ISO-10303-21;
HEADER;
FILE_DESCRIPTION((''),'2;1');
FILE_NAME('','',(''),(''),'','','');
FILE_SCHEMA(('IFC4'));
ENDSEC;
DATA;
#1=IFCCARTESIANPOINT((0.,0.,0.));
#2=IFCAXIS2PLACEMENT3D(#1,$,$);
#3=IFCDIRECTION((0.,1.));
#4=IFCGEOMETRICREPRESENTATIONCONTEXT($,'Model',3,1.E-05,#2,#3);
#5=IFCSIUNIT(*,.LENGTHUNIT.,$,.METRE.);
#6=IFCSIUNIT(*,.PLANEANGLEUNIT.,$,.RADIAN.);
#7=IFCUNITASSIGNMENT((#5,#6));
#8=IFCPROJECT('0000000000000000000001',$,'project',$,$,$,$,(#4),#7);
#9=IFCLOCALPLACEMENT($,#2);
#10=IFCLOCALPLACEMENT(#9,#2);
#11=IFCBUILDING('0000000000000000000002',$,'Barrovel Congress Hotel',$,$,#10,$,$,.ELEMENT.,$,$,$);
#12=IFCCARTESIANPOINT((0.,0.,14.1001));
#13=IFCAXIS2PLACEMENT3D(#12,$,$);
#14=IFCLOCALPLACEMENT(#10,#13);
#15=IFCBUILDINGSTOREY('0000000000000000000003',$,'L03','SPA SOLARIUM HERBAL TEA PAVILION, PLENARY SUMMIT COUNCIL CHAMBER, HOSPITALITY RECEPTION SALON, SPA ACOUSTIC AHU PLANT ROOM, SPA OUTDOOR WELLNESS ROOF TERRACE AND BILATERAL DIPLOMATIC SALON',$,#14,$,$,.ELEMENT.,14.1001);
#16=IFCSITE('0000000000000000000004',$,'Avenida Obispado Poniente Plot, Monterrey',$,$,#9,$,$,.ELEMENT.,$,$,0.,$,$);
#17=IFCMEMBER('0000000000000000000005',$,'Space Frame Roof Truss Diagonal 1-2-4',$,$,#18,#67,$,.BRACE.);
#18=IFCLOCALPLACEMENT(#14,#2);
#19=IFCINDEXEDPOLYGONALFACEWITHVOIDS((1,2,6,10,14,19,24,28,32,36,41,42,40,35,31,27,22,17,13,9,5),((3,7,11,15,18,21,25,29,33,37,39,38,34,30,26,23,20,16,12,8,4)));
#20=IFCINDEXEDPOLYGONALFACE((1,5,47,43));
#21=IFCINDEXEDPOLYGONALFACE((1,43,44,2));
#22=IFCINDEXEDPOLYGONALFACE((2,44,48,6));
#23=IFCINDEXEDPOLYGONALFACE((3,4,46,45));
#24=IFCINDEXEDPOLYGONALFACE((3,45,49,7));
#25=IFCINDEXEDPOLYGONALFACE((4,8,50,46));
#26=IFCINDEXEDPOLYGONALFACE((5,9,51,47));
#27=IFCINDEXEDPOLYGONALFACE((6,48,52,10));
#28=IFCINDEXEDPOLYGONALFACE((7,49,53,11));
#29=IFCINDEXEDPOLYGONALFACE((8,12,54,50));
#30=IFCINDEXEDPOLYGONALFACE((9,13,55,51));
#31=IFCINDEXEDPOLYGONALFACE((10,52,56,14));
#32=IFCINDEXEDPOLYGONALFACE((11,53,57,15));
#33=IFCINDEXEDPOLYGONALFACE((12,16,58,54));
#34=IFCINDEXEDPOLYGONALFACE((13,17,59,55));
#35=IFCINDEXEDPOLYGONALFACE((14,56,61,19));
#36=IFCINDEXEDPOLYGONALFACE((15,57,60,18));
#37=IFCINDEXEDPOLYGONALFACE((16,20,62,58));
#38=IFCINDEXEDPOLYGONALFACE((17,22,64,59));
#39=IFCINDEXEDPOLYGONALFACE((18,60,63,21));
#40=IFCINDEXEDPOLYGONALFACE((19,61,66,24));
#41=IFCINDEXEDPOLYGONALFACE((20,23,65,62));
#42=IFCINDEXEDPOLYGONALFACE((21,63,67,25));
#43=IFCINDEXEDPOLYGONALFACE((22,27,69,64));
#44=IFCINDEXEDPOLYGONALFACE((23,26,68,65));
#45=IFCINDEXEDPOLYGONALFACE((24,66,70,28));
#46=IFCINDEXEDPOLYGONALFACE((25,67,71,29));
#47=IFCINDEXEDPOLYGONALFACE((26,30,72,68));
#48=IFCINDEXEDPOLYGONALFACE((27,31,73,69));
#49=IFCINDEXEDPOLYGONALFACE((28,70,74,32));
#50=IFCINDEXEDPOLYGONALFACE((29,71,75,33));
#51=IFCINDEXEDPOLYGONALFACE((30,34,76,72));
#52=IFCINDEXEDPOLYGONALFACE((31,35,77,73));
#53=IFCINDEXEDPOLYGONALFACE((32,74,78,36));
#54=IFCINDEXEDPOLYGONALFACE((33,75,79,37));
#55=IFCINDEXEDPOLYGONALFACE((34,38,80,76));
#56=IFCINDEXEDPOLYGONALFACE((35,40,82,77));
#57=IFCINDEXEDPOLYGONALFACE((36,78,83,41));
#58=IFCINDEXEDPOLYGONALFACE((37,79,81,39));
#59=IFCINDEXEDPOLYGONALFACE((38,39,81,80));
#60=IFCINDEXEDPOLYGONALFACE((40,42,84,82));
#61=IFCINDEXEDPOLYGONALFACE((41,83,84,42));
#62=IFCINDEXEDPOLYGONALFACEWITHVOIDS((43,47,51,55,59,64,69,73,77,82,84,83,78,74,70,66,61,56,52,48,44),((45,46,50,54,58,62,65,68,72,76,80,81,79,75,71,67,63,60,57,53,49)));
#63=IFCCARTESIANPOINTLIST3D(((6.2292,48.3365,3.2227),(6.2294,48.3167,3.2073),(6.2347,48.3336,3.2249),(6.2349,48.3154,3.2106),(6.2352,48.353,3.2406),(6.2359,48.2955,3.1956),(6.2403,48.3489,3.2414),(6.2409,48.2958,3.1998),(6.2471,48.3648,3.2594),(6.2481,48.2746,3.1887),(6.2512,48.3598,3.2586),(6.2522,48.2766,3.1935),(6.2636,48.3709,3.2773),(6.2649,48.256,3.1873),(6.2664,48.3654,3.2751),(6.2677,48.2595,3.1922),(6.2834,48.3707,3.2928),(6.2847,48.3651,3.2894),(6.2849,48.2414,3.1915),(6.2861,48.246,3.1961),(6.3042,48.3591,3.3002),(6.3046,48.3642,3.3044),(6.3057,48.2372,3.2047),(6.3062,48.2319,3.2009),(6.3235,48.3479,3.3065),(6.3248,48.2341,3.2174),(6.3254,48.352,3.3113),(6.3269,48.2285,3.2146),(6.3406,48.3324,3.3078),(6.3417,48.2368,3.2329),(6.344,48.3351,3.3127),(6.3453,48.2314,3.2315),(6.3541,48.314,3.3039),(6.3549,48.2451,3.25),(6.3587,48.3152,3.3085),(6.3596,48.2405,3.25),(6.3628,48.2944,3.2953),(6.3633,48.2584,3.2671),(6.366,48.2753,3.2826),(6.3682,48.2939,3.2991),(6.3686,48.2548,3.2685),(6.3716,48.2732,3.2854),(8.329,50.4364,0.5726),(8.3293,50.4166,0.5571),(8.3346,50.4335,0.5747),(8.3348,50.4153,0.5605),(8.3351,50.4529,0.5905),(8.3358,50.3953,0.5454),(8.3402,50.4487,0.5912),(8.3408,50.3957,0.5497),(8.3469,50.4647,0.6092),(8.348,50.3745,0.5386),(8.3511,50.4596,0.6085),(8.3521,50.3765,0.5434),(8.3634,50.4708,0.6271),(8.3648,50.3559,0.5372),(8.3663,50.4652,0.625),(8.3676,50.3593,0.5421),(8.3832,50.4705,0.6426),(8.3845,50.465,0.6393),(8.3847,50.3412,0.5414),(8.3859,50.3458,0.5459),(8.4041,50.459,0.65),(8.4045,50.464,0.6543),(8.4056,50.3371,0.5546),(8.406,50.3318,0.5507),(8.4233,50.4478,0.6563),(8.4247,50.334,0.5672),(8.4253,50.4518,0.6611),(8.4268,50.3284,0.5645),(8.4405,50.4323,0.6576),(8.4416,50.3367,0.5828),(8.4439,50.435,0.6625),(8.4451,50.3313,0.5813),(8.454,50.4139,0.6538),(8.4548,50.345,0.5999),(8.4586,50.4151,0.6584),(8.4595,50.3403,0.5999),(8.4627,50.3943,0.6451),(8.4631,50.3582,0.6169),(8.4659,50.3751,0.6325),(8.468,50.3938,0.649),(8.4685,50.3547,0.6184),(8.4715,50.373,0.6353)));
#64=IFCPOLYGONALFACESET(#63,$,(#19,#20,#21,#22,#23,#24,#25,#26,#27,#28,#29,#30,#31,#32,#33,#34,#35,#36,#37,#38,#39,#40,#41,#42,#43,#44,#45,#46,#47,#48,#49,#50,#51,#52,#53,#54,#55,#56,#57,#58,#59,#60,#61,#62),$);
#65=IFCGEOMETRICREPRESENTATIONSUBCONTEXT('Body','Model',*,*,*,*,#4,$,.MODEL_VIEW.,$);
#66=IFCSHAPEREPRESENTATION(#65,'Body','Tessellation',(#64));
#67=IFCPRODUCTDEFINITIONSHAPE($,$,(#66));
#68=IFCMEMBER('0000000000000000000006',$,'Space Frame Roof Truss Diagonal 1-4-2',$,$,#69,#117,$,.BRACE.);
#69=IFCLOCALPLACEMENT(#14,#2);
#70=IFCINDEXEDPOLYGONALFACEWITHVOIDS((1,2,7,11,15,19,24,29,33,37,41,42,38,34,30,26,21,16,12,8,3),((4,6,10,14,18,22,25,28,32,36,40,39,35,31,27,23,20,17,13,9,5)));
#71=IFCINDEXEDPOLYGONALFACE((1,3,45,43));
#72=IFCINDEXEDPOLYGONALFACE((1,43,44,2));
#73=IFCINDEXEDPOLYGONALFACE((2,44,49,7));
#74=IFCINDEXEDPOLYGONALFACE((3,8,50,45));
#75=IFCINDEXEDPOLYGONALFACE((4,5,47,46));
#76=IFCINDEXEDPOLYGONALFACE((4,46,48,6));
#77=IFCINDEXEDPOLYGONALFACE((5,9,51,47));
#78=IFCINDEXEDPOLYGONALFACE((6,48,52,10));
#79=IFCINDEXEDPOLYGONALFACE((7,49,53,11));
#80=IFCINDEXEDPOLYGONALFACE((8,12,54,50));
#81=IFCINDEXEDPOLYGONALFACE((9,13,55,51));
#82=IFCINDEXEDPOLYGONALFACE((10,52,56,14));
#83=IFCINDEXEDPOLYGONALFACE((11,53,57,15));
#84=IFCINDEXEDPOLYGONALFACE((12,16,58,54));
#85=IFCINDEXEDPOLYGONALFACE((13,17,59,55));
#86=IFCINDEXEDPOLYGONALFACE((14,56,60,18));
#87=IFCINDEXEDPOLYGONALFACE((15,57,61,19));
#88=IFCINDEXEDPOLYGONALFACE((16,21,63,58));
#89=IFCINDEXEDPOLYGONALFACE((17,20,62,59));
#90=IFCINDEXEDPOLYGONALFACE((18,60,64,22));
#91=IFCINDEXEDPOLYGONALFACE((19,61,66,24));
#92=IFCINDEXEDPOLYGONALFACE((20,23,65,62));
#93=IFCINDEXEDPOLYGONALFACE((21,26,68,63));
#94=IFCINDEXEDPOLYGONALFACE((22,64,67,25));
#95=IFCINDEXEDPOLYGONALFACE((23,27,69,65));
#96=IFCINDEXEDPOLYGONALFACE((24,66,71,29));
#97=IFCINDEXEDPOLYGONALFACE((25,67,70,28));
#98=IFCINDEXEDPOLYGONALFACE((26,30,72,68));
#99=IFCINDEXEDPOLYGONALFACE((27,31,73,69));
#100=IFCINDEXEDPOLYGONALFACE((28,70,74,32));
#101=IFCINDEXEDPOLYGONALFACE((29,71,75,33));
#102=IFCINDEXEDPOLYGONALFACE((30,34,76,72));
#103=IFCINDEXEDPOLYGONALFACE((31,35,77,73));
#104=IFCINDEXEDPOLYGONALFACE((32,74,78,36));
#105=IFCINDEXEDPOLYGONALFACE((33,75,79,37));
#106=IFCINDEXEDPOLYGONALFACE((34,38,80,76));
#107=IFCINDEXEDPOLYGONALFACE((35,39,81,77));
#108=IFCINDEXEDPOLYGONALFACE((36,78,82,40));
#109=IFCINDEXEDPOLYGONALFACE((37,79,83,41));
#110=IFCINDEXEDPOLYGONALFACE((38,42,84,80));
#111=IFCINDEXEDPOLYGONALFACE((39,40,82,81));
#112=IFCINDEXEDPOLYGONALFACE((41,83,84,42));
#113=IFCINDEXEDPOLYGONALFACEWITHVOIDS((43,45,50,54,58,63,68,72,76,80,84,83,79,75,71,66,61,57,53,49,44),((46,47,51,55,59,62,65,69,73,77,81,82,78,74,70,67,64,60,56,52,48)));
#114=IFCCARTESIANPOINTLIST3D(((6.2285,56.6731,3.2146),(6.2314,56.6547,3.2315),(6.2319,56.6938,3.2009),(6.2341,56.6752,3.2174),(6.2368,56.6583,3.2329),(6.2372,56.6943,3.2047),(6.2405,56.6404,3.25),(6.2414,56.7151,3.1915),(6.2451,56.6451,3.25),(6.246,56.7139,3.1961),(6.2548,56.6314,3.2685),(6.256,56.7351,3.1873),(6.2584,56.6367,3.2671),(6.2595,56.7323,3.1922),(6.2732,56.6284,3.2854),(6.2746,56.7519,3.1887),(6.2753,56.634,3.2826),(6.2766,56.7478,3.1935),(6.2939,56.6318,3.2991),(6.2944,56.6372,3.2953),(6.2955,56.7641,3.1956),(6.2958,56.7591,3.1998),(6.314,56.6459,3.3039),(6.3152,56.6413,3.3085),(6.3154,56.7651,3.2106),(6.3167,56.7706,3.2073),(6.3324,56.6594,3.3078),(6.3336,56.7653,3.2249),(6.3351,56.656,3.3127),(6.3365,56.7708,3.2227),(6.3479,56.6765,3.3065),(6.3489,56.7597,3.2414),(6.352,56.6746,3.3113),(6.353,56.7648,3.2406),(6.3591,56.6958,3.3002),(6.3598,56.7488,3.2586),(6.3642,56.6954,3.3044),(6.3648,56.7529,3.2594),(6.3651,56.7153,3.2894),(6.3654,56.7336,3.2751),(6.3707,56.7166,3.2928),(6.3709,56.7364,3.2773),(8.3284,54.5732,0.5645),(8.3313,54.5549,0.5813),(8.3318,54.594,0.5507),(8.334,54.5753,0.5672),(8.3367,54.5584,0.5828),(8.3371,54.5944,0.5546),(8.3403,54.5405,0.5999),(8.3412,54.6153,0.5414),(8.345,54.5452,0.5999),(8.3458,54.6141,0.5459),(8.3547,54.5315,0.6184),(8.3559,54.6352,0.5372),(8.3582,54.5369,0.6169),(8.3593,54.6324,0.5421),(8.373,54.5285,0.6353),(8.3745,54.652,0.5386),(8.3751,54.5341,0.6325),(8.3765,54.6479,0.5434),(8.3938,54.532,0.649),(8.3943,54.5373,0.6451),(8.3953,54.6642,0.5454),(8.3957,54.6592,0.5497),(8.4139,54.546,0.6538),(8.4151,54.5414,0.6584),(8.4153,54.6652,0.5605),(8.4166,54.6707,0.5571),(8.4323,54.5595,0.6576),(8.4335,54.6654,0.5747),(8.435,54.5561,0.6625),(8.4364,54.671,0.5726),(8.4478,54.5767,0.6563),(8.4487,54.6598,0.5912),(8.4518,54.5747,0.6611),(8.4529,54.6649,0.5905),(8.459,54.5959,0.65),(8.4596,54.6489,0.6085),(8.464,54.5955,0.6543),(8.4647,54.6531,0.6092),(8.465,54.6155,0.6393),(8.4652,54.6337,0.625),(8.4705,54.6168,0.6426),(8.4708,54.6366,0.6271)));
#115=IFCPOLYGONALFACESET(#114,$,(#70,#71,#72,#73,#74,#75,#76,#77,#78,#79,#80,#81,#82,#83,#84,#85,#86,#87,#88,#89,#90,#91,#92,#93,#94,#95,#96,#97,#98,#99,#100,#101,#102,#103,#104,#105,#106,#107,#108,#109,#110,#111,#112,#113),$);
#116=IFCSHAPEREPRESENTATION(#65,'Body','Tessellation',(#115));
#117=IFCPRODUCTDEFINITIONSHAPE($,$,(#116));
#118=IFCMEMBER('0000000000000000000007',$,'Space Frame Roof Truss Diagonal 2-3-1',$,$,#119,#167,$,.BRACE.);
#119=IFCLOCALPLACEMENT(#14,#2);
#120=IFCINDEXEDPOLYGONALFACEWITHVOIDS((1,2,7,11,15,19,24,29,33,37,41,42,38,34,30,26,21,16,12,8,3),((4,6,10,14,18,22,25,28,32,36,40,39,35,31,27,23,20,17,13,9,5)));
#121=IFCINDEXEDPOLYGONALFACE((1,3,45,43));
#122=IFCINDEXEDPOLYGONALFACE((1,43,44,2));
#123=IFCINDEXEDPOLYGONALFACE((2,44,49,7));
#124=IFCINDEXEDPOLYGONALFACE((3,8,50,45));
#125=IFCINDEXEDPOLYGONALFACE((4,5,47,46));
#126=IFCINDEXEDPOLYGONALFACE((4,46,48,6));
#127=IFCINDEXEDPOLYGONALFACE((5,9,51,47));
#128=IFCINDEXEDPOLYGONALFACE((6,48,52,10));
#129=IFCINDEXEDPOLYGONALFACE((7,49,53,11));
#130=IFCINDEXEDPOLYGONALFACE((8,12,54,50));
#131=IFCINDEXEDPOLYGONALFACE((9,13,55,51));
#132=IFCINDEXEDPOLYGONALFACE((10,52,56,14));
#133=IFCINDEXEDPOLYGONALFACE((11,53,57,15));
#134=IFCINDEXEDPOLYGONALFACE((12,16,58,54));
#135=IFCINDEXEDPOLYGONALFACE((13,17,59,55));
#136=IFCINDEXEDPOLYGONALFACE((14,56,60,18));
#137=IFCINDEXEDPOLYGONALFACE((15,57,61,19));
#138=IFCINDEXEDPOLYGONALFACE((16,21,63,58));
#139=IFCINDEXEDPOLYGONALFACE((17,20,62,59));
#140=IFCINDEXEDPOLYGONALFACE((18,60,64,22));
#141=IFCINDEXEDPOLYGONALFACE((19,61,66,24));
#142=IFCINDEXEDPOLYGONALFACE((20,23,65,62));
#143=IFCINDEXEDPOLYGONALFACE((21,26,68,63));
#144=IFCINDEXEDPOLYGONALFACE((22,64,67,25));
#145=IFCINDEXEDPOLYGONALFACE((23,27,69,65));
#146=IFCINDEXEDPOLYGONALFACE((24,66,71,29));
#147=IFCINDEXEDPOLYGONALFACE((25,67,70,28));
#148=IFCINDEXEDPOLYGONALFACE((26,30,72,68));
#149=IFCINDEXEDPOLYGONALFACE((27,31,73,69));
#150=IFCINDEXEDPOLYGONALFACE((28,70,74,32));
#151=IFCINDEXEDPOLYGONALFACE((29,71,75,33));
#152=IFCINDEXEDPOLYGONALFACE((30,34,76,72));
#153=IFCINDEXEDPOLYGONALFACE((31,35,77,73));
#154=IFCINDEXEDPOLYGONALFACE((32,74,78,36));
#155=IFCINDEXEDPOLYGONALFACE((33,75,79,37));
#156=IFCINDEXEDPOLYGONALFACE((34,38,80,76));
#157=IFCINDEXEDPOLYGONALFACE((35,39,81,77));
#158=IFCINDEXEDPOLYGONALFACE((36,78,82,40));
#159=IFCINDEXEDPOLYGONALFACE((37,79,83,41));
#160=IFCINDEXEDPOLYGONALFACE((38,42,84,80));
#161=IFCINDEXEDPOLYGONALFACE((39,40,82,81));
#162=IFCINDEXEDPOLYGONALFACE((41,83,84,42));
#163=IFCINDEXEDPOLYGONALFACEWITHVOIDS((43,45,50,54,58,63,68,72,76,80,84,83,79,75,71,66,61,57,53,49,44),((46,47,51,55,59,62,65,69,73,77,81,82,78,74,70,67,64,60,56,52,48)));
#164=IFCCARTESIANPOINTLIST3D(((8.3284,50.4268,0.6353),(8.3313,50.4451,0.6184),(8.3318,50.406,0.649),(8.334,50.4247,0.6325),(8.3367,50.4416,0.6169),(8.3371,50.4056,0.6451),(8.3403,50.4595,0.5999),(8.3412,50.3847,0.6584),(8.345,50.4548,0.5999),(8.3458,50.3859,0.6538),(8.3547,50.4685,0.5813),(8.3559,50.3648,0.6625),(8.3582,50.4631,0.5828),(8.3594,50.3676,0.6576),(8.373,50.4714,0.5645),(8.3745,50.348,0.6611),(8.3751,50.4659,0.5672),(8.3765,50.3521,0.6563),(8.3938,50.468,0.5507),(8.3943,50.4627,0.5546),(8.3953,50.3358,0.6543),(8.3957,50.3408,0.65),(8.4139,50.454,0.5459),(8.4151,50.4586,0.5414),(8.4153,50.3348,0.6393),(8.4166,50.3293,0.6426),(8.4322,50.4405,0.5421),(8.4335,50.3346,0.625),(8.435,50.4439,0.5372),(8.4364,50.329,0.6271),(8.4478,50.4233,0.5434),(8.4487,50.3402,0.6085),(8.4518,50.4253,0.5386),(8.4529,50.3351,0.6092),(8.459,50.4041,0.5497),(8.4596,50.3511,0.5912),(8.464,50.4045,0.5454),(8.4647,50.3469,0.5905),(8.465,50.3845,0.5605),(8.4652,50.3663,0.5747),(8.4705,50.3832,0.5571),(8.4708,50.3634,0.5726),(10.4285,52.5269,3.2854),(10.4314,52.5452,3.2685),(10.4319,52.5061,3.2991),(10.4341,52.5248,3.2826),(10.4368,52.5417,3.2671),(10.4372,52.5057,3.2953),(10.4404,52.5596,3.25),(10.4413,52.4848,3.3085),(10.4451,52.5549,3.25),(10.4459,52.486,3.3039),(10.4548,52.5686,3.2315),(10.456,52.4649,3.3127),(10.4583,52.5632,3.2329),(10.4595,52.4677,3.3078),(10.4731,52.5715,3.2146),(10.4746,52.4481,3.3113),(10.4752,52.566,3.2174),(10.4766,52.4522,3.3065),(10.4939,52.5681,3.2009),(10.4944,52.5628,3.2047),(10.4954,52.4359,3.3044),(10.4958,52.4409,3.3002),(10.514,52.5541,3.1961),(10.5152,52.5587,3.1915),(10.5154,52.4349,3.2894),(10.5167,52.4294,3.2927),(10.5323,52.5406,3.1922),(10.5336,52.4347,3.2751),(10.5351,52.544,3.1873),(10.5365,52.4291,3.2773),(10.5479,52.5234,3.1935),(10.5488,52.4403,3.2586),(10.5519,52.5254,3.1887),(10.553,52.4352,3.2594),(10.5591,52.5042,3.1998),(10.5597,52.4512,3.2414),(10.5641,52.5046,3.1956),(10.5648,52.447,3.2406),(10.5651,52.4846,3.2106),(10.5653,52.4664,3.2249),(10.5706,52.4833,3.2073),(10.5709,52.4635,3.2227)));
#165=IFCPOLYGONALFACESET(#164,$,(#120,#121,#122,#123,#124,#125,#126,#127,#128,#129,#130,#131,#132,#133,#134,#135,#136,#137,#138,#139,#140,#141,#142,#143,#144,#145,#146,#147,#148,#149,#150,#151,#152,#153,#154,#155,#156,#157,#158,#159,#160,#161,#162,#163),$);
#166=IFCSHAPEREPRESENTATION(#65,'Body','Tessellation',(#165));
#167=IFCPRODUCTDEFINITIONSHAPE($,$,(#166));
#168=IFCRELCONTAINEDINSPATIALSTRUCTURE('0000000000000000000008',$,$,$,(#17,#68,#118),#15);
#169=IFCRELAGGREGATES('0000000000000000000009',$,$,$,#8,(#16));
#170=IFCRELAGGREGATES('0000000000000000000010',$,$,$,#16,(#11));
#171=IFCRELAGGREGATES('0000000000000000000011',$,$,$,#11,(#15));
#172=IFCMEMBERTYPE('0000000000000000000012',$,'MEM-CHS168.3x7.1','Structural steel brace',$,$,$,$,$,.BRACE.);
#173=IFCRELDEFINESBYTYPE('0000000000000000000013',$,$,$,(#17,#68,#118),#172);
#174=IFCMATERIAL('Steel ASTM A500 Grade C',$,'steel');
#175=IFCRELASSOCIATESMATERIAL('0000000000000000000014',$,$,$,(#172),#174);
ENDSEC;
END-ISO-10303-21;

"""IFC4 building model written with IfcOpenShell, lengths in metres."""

from ifc_helpers import new_model, si_unit, direction, frame, origin, origin_2d, place, context, subcontext, project, spatial, hollow_circle, extrude, material, material_profile, profile_set, type_object, element, save


model = new_model("IFC4")

# Units and contexts
model_context = context("Model", 3, precision=1e-05, world=origin(), true_north=direction((0.0, 1.0)))
body_context = subcontext(model_context, "Body", "Model", "MODEL_VIEW")
ifc_project = project(units=[si_unit("LENGTHUNIT", "METRE"), si_unit("PLANEANGLEUNIT", "RADIAN")], contexts=[model_context])

# Site, building, storey
site_placement = place(None, origin())
site = spatial("IfcSite", under=ifc_project, at=site_placement, Name="Avenida Obispado Poniente Plot, Monterrey", CompositionType="ELEMENT", RefElevation=0.0)
building_placement = place(site_placement, origin())
building = spatial("IfcBuilding", under=site, at=building_placement, Name="Barrovel Congress Hotel", CompositionType="ELEMENT")
storey_placement = place(building_placement, frame((0.0, 0.0, 14.1001)))
storey = spatial("IfcBuildingStorey", under=building, at=storey_placement, Name="L03", Description="SPA SOLARIUM HERBAL TEA PAVILION, PLENARY SUMMIT COUNCIL CHAMBER, HOSPITALITY RECEPTION SALON, SPA ACOUSTIC AHU PLANT ROOM, SPA OUTDOOR WELLNESS ROOF TERRACE AND BILATERAL DIPLOMATIC SALON", CompositionType="ELEMENT", Elevation=14.1001)

# Members
ifc_material_1 = material(Name="Steel ASTM A500 Grade C", Category="steel")
ifc_material_profile_1 = material_profile(ifc_material_1, hollow_circle(Radius=0.0842, WallThickness=0.0066, at=origin_2d()), Name="CHS168.3x7.1")
ifc_profile_set_1 = profile_set([ifc_material_profile_1], Name="Steel ASTM A500 Grade C")
member_type_1 = type_object("IfcMemberType", Name="MEM-CHS168.3x7.1", Description="Structural steel brace", PredefinedType="BRACE", material=ifc_profile_set_1)
for number, where, z_axis, x_axis, name in (
    (1, (8.3999, 50.3999, 0.5999), (-0.527574, -0.527574, 0.665831), (0.707107, -0.707107, 0.0), "Space Frame Roof Truss Diagonal 1-2-4"),
    (2, (8.3999, 54.6001, 0.5999), (-0.527574, 0.527574, 0.665831), (-0.707107, -0.707107, 0.0), "Space Frame Roof Truss Diagonal 1-4-2"),
):
    element("IfcMember", number, at=place(storey_placement, frame(where, z_axis=z_axis, x_axis=x_axis)), inside=storey, type_object=member_type_1, Name=name, PredefinedType="BRACE", context=body_context, shape_type="SweptSolid", body=[
        extrude(hollow_circle(Radius=0.0842, WallThickness=0.0066, at=origin_2d()), origin(), (0.0, 0.0, 1.0), 3.9802),
    ])
for number, where, z_axis, x_axis, name in (
    (3, (8.3999, 50.3999, 0.5999), (0.527601, 0.527601, 0.665788), (-0.707107, 0.707107, 0.0), "Space Frame Roof Truss Diagonal 2-3-1"),
):
    element("IfcMember", number, at=place(storey_placement, frame(where, z_axis=z_axis, x_axis=x_axis)), inside=storey, type_object=member_type_1, Name=name, PredefinedType="BRACE", context=body_context, shape_type="SweptSolid", body=[
        extrude(hollow_circle(Radius=0.0842, WallThickness=0.0066, at=origin_2d()), origin(), (0.0, 0.0, 1.0), 3.9805),
    ])

save(model, "model.ifc")
